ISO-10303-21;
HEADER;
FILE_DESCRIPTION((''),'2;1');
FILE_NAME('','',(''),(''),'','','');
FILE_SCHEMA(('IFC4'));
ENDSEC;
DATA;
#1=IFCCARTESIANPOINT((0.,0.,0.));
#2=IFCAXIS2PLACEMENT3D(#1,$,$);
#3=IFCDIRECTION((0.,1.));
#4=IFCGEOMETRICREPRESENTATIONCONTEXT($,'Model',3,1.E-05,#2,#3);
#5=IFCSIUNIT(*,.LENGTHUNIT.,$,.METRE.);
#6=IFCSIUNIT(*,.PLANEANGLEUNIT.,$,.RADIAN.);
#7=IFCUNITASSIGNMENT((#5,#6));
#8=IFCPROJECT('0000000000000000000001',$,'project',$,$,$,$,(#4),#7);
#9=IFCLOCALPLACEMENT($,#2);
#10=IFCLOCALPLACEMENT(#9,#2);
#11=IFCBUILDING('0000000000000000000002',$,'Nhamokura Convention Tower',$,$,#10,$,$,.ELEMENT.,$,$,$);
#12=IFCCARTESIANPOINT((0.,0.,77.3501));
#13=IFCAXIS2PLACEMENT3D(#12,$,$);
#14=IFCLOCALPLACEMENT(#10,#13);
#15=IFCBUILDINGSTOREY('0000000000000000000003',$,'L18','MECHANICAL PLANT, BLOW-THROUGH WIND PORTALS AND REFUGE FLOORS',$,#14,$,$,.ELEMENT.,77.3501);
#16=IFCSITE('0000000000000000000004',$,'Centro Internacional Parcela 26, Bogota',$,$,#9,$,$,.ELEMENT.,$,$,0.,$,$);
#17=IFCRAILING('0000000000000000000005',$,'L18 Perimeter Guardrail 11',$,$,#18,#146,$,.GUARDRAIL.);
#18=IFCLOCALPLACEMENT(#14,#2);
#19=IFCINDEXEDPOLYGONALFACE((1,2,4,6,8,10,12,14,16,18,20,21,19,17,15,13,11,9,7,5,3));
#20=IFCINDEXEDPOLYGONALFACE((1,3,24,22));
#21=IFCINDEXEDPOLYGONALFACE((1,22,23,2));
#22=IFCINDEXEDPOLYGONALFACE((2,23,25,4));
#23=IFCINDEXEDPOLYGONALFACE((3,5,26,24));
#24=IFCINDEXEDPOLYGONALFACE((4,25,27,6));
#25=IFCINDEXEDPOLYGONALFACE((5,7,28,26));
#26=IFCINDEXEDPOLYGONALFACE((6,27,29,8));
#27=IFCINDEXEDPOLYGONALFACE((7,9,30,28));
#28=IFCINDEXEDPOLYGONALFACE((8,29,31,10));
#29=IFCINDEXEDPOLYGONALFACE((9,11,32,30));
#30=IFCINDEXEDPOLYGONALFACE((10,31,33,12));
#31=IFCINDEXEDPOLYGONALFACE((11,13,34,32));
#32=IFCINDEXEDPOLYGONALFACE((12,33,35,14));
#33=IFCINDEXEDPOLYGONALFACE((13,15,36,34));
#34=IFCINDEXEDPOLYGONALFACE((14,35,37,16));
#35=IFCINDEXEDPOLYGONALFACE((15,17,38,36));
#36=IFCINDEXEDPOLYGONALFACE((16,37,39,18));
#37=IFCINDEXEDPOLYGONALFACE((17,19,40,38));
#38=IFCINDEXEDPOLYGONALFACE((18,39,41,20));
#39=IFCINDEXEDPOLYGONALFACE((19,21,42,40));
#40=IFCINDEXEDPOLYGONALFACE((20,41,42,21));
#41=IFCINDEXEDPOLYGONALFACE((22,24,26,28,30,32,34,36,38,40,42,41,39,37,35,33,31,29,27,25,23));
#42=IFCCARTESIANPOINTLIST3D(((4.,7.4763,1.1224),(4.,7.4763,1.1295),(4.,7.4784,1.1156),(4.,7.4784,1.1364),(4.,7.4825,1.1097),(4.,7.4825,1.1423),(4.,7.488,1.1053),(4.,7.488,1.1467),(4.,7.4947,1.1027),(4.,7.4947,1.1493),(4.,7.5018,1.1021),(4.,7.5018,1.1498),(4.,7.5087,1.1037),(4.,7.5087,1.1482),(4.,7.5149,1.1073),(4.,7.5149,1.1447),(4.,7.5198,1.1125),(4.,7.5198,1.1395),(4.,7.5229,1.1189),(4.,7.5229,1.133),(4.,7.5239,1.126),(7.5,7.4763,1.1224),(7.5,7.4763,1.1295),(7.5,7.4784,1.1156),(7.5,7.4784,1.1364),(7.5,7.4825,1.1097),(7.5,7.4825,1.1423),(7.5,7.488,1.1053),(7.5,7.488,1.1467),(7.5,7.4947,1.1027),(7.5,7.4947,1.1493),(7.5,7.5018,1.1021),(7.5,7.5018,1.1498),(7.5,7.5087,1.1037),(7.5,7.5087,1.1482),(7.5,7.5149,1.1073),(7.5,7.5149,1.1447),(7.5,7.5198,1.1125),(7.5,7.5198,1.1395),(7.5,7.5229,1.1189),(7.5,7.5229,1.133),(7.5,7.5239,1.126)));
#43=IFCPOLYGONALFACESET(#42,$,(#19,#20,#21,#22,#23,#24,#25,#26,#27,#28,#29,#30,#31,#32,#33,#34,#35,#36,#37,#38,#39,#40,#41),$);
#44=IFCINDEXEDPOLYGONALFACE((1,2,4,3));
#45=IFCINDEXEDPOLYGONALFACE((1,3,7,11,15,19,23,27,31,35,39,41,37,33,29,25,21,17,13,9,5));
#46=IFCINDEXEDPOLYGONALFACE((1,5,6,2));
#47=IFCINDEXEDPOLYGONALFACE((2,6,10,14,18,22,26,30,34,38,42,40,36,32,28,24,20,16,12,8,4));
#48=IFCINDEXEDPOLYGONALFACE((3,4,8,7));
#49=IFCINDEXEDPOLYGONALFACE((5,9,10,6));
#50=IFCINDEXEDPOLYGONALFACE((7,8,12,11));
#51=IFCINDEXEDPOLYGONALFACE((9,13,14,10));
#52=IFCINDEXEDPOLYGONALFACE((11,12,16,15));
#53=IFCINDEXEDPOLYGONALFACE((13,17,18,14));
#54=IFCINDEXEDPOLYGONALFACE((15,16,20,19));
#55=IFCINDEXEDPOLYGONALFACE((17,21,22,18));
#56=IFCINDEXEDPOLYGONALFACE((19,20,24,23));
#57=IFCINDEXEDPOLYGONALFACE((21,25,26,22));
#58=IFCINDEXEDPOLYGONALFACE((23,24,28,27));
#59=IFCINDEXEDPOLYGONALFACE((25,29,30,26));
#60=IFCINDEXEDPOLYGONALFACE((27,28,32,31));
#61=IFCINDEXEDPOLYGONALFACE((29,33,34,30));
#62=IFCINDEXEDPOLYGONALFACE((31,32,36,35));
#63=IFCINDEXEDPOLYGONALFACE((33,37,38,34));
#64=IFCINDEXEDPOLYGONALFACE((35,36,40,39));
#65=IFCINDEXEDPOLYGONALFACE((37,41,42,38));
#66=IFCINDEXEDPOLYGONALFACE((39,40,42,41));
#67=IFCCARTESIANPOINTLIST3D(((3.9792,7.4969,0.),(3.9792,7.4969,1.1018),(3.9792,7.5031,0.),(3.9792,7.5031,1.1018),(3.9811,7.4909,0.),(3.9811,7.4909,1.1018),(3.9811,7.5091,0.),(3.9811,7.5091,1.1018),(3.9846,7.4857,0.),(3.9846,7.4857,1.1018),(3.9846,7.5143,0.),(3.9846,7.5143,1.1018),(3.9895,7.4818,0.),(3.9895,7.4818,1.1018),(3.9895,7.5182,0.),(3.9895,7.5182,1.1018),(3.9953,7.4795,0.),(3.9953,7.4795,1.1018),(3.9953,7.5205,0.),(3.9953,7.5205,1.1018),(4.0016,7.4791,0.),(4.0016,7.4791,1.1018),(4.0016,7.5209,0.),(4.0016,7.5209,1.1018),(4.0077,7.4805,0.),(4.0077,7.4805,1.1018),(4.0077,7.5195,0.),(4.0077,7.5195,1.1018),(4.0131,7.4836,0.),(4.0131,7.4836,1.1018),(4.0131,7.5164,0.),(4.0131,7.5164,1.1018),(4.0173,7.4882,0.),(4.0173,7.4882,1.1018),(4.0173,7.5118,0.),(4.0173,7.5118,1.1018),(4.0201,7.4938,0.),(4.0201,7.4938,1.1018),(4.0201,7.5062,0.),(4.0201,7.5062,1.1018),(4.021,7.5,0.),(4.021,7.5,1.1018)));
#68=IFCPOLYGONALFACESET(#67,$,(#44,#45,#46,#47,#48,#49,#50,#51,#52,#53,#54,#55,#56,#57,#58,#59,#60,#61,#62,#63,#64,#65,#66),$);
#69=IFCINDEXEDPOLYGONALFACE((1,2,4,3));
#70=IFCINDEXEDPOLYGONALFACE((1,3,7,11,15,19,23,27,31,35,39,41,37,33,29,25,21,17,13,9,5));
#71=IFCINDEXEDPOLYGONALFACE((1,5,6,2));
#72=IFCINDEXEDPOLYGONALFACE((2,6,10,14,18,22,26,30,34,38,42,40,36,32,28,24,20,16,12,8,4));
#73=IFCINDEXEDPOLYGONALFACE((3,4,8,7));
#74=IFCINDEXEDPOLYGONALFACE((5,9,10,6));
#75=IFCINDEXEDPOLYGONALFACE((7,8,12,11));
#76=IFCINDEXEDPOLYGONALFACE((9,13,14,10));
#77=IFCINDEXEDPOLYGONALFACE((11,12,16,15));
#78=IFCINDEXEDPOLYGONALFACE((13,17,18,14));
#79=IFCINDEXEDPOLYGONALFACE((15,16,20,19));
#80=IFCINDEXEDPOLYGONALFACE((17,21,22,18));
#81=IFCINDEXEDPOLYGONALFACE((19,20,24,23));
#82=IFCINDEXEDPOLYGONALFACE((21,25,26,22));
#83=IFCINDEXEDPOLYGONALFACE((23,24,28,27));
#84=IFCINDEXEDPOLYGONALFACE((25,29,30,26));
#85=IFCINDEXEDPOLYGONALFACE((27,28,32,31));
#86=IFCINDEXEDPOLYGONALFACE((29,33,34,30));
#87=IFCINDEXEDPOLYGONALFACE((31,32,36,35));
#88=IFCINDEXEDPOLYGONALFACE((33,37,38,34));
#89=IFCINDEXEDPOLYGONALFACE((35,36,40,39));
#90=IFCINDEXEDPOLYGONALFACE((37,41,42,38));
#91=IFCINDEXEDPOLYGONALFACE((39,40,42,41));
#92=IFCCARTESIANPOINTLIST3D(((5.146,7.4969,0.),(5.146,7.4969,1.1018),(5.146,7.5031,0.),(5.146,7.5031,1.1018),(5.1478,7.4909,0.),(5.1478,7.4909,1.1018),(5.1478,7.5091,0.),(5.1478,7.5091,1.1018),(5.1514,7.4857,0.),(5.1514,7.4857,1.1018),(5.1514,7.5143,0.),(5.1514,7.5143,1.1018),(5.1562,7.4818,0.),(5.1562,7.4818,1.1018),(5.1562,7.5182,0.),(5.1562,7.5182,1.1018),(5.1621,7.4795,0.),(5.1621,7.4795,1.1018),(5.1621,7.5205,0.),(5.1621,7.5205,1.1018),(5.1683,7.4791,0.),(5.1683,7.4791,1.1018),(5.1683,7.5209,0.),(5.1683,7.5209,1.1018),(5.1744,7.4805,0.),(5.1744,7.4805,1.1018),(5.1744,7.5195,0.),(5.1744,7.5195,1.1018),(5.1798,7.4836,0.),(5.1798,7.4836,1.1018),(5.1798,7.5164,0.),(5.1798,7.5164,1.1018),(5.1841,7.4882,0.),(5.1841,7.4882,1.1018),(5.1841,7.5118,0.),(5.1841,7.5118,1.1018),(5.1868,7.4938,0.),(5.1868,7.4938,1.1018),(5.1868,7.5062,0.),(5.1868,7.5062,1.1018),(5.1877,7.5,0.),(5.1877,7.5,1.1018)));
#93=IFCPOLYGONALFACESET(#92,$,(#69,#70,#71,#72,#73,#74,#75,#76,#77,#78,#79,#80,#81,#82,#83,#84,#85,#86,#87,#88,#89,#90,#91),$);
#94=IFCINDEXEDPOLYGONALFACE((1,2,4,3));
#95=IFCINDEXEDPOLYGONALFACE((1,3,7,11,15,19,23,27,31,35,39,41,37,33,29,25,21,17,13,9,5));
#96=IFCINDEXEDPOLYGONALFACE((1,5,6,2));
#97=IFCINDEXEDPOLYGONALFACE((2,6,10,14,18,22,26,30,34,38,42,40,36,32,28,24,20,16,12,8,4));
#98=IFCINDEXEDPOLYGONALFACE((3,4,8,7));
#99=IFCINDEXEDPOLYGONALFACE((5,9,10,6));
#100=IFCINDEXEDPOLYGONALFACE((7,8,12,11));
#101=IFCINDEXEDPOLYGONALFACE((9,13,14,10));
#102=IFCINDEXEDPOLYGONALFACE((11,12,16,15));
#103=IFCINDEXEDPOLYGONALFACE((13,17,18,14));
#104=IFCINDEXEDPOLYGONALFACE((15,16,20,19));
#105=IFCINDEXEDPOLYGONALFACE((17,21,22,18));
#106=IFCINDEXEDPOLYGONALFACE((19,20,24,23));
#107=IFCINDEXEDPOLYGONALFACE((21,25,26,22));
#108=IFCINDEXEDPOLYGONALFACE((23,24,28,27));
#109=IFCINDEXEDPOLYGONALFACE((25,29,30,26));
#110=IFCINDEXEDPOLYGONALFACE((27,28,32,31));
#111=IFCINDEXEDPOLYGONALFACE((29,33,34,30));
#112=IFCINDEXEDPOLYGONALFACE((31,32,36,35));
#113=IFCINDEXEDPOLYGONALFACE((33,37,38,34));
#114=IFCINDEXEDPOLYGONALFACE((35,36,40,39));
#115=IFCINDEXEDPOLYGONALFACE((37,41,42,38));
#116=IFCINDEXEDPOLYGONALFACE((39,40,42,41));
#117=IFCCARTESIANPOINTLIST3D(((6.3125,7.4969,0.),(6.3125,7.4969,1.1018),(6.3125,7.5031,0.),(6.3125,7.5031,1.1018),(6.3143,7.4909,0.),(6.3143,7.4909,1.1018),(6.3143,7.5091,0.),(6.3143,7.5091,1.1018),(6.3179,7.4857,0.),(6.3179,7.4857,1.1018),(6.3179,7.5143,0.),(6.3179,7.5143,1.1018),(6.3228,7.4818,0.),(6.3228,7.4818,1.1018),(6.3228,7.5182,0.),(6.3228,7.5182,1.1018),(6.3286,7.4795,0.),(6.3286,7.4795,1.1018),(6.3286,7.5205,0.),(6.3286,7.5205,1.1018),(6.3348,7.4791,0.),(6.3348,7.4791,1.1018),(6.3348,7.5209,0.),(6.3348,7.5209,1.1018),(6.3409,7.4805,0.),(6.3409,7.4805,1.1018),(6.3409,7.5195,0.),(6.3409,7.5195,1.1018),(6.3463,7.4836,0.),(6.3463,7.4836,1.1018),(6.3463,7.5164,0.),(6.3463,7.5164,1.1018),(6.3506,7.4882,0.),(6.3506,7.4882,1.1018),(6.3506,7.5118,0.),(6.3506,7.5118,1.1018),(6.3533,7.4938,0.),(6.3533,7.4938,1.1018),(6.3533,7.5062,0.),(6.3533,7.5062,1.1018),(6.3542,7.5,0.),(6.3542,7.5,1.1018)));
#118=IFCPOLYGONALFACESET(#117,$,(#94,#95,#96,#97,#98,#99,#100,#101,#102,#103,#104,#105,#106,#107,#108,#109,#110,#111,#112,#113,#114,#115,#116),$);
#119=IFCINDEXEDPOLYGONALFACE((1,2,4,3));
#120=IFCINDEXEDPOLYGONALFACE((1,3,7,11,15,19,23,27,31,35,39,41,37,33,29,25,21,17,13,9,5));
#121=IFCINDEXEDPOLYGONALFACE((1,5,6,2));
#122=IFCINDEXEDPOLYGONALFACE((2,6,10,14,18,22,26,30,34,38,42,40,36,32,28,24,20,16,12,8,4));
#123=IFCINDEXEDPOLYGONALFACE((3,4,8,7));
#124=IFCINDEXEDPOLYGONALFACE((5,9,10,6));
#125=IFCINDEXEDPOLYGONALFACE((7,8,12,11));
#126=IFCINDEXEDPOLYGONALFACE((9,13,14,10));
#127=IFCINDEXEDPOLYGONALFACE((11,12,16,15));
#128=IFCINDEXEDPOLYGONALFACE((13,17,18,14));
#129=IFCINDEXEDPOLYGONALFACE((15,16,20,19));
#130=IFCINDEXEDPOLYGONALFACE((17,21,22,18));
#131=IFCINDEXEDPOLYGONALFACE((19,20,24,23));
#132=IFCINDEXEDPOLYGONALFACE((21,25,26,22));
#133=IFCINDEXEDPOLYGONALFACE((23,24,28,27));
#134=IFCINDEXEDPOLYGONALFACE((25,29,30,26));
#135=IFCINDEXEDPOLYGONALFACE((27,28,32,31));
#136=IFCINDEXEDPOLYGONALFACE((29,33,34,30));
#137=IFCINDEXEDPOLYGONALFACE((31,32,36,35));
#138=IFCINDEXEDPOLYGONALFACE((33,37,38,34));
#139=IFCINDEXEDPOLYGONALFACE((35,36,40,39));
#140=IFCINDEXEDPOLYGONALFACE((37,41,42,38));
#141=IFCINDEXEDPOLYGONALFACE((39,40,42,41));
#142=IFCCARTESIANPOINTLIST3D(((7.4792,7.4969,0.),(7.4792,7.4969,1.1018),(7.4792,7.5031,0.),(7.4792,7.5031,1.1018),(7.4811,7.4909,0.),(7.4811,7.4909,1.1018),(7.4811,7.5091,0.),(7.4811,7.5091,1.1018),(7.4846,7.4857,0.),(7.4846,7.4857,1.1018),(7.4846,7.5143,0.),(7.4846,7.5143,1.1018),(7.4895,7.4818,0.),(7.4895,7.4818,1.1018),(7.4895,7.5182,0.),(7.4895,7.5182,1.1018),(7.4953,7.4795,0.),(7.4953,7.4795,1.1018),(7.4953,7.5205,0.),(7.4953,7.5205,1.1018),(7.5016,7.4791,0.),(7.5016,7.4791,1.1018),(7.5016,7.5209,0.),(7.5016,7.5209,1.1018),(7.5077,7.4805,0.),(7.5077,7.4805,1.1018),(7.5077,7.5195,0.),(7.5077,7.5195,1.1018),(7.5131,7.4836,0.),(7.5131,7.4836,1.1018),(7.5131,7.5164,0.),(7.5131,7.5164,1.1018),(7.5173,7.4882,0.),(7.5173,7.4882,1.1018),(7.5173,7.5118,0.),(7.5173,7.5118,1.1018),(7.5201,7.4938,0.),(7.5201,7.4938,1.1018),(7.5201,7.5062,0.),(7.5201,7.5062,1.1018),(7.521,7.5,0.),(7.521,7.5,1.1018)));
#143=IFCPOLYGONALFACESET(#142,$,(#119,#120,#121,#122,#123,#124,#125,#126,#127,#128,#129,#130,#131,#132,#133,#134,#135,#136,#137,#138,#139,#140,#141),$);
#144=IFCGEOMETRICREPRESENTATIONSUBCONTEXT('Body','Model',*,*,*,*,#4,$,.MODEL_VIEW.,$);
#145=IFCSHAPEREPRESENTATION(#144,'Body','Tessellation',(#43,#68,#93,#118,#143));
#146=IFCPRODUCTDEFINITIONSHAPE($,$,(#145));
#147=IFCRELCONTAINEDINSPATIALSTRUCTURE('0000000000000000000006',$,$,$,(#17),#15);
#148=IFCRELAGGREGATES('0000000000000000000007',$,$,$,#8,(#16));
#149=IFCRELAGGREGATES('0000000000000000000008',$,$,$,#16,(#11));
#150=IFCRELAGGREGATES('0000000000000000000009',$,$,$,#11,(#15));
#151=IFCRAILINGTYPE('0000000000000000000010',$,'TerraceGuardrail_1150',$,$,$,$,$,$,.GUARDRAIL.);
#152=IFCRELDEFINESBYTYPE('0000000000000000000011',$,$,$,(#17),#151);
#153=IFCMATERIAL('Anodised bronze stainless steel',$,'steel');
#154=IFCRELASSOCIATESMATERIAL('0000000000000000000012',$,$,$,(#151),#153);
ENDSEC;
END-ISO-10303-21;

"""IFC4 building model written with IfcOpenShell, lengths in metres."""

from ifc_helpers import new_model, si_unit, direction, frame, origin, origin_2d, place, context, subcontext, project, spatial, circle, extrude, material, type_object, element, save


model = new_model("IFC4")

# Units and contexts
model_context = context("Model", 3, precision=1e-05, world=origin(), true_north=direction((0.0, 1.0)))
body_context = subcontext(model_context, "Body", "Model", "MODEL_VIEW")
ifc_project = project(units=[si_unit("LENGTHUNIT", "METRE"), si_unit("PLANEANGLEUNIT", "RADIAN")], contexts=[model_context])

# Site, building, storey
site_placement = place(None, origin())
site = spatial("IfcSite", under=ifc_project, at=site_placement, Name="Centro Internacional Parcela 26, Bogota", CompositionType="ELEMENT", RefElevation=0.0)
building_placement = place(site_placement, origin())
building = spatial("IfcBuilding", under=site, at=building_placement, Name="Nhamokura Convention Tower", CompositionType="ELEMENT")
storey_placement = place(building_placement, frame((0.0, 0.0, 77.3501)))
storey = spatial("IfcBuildingStorey", under=building, at=storey_placement, Name="L18", Description="MECHANICAL PLANT, BLOW-THROUGH WIND PORTALS AND REFUGE FLOORS", CompositionType="ELEMENT", Elevation=77.3501)

# Railing
ifc_material_1 = material(Name="Anodised bronze stainless steel", Category="steel")
railing_type = type_object("IfcRailingType", Name="TerraceGuardrail_1150", PredefinedType="GUARDRAIL", material=ifc_material_1)
railing_1_placement = place(storey_placement, frame((4.0, 7.5, 0.0)))
element("IfcRailing", 1, at=railing_1_placement, inside=storey, type_object=railing_type, Name="L18 Perimeter Guardrail 11", PredefinedType="GUARDRAIL", context=body_context, shape_type="SweptSolid", body=[
    extrude(circle(Radius=0.0239, at=origin_2d()), frame((0.0, 0.0, 1.126), z_axis=(1.0, 0.0, 0.0), x_axis=(0.0, 1.0, 0.0)), (0.0, 0.0, 1.0), 3.5),
    extrude(circle(Radius=0.021, at=origin_2d()), origin(), (0.0, 0.0, 1.0), 1.1018),
    extrude(circle(Radius=0.021, at=origin_2d()), frame((1.1667, 0.0, 0.0)), (0.0, 0.0, 1.0), 1.1018),
    extrude(circle(Radius=0.021, at=origin_2d()), frame((2.3333, 0.0, 0.0)), (0.0, 0.0, 1.0), 1.1018),
    extrude(circle(Radius=0.021, at=origin_2d()), frame((3.5, 0.0, 0.0)), (0.0, 0.0, 1.0), 1.1018),
])

save(model, "model.ifc")
